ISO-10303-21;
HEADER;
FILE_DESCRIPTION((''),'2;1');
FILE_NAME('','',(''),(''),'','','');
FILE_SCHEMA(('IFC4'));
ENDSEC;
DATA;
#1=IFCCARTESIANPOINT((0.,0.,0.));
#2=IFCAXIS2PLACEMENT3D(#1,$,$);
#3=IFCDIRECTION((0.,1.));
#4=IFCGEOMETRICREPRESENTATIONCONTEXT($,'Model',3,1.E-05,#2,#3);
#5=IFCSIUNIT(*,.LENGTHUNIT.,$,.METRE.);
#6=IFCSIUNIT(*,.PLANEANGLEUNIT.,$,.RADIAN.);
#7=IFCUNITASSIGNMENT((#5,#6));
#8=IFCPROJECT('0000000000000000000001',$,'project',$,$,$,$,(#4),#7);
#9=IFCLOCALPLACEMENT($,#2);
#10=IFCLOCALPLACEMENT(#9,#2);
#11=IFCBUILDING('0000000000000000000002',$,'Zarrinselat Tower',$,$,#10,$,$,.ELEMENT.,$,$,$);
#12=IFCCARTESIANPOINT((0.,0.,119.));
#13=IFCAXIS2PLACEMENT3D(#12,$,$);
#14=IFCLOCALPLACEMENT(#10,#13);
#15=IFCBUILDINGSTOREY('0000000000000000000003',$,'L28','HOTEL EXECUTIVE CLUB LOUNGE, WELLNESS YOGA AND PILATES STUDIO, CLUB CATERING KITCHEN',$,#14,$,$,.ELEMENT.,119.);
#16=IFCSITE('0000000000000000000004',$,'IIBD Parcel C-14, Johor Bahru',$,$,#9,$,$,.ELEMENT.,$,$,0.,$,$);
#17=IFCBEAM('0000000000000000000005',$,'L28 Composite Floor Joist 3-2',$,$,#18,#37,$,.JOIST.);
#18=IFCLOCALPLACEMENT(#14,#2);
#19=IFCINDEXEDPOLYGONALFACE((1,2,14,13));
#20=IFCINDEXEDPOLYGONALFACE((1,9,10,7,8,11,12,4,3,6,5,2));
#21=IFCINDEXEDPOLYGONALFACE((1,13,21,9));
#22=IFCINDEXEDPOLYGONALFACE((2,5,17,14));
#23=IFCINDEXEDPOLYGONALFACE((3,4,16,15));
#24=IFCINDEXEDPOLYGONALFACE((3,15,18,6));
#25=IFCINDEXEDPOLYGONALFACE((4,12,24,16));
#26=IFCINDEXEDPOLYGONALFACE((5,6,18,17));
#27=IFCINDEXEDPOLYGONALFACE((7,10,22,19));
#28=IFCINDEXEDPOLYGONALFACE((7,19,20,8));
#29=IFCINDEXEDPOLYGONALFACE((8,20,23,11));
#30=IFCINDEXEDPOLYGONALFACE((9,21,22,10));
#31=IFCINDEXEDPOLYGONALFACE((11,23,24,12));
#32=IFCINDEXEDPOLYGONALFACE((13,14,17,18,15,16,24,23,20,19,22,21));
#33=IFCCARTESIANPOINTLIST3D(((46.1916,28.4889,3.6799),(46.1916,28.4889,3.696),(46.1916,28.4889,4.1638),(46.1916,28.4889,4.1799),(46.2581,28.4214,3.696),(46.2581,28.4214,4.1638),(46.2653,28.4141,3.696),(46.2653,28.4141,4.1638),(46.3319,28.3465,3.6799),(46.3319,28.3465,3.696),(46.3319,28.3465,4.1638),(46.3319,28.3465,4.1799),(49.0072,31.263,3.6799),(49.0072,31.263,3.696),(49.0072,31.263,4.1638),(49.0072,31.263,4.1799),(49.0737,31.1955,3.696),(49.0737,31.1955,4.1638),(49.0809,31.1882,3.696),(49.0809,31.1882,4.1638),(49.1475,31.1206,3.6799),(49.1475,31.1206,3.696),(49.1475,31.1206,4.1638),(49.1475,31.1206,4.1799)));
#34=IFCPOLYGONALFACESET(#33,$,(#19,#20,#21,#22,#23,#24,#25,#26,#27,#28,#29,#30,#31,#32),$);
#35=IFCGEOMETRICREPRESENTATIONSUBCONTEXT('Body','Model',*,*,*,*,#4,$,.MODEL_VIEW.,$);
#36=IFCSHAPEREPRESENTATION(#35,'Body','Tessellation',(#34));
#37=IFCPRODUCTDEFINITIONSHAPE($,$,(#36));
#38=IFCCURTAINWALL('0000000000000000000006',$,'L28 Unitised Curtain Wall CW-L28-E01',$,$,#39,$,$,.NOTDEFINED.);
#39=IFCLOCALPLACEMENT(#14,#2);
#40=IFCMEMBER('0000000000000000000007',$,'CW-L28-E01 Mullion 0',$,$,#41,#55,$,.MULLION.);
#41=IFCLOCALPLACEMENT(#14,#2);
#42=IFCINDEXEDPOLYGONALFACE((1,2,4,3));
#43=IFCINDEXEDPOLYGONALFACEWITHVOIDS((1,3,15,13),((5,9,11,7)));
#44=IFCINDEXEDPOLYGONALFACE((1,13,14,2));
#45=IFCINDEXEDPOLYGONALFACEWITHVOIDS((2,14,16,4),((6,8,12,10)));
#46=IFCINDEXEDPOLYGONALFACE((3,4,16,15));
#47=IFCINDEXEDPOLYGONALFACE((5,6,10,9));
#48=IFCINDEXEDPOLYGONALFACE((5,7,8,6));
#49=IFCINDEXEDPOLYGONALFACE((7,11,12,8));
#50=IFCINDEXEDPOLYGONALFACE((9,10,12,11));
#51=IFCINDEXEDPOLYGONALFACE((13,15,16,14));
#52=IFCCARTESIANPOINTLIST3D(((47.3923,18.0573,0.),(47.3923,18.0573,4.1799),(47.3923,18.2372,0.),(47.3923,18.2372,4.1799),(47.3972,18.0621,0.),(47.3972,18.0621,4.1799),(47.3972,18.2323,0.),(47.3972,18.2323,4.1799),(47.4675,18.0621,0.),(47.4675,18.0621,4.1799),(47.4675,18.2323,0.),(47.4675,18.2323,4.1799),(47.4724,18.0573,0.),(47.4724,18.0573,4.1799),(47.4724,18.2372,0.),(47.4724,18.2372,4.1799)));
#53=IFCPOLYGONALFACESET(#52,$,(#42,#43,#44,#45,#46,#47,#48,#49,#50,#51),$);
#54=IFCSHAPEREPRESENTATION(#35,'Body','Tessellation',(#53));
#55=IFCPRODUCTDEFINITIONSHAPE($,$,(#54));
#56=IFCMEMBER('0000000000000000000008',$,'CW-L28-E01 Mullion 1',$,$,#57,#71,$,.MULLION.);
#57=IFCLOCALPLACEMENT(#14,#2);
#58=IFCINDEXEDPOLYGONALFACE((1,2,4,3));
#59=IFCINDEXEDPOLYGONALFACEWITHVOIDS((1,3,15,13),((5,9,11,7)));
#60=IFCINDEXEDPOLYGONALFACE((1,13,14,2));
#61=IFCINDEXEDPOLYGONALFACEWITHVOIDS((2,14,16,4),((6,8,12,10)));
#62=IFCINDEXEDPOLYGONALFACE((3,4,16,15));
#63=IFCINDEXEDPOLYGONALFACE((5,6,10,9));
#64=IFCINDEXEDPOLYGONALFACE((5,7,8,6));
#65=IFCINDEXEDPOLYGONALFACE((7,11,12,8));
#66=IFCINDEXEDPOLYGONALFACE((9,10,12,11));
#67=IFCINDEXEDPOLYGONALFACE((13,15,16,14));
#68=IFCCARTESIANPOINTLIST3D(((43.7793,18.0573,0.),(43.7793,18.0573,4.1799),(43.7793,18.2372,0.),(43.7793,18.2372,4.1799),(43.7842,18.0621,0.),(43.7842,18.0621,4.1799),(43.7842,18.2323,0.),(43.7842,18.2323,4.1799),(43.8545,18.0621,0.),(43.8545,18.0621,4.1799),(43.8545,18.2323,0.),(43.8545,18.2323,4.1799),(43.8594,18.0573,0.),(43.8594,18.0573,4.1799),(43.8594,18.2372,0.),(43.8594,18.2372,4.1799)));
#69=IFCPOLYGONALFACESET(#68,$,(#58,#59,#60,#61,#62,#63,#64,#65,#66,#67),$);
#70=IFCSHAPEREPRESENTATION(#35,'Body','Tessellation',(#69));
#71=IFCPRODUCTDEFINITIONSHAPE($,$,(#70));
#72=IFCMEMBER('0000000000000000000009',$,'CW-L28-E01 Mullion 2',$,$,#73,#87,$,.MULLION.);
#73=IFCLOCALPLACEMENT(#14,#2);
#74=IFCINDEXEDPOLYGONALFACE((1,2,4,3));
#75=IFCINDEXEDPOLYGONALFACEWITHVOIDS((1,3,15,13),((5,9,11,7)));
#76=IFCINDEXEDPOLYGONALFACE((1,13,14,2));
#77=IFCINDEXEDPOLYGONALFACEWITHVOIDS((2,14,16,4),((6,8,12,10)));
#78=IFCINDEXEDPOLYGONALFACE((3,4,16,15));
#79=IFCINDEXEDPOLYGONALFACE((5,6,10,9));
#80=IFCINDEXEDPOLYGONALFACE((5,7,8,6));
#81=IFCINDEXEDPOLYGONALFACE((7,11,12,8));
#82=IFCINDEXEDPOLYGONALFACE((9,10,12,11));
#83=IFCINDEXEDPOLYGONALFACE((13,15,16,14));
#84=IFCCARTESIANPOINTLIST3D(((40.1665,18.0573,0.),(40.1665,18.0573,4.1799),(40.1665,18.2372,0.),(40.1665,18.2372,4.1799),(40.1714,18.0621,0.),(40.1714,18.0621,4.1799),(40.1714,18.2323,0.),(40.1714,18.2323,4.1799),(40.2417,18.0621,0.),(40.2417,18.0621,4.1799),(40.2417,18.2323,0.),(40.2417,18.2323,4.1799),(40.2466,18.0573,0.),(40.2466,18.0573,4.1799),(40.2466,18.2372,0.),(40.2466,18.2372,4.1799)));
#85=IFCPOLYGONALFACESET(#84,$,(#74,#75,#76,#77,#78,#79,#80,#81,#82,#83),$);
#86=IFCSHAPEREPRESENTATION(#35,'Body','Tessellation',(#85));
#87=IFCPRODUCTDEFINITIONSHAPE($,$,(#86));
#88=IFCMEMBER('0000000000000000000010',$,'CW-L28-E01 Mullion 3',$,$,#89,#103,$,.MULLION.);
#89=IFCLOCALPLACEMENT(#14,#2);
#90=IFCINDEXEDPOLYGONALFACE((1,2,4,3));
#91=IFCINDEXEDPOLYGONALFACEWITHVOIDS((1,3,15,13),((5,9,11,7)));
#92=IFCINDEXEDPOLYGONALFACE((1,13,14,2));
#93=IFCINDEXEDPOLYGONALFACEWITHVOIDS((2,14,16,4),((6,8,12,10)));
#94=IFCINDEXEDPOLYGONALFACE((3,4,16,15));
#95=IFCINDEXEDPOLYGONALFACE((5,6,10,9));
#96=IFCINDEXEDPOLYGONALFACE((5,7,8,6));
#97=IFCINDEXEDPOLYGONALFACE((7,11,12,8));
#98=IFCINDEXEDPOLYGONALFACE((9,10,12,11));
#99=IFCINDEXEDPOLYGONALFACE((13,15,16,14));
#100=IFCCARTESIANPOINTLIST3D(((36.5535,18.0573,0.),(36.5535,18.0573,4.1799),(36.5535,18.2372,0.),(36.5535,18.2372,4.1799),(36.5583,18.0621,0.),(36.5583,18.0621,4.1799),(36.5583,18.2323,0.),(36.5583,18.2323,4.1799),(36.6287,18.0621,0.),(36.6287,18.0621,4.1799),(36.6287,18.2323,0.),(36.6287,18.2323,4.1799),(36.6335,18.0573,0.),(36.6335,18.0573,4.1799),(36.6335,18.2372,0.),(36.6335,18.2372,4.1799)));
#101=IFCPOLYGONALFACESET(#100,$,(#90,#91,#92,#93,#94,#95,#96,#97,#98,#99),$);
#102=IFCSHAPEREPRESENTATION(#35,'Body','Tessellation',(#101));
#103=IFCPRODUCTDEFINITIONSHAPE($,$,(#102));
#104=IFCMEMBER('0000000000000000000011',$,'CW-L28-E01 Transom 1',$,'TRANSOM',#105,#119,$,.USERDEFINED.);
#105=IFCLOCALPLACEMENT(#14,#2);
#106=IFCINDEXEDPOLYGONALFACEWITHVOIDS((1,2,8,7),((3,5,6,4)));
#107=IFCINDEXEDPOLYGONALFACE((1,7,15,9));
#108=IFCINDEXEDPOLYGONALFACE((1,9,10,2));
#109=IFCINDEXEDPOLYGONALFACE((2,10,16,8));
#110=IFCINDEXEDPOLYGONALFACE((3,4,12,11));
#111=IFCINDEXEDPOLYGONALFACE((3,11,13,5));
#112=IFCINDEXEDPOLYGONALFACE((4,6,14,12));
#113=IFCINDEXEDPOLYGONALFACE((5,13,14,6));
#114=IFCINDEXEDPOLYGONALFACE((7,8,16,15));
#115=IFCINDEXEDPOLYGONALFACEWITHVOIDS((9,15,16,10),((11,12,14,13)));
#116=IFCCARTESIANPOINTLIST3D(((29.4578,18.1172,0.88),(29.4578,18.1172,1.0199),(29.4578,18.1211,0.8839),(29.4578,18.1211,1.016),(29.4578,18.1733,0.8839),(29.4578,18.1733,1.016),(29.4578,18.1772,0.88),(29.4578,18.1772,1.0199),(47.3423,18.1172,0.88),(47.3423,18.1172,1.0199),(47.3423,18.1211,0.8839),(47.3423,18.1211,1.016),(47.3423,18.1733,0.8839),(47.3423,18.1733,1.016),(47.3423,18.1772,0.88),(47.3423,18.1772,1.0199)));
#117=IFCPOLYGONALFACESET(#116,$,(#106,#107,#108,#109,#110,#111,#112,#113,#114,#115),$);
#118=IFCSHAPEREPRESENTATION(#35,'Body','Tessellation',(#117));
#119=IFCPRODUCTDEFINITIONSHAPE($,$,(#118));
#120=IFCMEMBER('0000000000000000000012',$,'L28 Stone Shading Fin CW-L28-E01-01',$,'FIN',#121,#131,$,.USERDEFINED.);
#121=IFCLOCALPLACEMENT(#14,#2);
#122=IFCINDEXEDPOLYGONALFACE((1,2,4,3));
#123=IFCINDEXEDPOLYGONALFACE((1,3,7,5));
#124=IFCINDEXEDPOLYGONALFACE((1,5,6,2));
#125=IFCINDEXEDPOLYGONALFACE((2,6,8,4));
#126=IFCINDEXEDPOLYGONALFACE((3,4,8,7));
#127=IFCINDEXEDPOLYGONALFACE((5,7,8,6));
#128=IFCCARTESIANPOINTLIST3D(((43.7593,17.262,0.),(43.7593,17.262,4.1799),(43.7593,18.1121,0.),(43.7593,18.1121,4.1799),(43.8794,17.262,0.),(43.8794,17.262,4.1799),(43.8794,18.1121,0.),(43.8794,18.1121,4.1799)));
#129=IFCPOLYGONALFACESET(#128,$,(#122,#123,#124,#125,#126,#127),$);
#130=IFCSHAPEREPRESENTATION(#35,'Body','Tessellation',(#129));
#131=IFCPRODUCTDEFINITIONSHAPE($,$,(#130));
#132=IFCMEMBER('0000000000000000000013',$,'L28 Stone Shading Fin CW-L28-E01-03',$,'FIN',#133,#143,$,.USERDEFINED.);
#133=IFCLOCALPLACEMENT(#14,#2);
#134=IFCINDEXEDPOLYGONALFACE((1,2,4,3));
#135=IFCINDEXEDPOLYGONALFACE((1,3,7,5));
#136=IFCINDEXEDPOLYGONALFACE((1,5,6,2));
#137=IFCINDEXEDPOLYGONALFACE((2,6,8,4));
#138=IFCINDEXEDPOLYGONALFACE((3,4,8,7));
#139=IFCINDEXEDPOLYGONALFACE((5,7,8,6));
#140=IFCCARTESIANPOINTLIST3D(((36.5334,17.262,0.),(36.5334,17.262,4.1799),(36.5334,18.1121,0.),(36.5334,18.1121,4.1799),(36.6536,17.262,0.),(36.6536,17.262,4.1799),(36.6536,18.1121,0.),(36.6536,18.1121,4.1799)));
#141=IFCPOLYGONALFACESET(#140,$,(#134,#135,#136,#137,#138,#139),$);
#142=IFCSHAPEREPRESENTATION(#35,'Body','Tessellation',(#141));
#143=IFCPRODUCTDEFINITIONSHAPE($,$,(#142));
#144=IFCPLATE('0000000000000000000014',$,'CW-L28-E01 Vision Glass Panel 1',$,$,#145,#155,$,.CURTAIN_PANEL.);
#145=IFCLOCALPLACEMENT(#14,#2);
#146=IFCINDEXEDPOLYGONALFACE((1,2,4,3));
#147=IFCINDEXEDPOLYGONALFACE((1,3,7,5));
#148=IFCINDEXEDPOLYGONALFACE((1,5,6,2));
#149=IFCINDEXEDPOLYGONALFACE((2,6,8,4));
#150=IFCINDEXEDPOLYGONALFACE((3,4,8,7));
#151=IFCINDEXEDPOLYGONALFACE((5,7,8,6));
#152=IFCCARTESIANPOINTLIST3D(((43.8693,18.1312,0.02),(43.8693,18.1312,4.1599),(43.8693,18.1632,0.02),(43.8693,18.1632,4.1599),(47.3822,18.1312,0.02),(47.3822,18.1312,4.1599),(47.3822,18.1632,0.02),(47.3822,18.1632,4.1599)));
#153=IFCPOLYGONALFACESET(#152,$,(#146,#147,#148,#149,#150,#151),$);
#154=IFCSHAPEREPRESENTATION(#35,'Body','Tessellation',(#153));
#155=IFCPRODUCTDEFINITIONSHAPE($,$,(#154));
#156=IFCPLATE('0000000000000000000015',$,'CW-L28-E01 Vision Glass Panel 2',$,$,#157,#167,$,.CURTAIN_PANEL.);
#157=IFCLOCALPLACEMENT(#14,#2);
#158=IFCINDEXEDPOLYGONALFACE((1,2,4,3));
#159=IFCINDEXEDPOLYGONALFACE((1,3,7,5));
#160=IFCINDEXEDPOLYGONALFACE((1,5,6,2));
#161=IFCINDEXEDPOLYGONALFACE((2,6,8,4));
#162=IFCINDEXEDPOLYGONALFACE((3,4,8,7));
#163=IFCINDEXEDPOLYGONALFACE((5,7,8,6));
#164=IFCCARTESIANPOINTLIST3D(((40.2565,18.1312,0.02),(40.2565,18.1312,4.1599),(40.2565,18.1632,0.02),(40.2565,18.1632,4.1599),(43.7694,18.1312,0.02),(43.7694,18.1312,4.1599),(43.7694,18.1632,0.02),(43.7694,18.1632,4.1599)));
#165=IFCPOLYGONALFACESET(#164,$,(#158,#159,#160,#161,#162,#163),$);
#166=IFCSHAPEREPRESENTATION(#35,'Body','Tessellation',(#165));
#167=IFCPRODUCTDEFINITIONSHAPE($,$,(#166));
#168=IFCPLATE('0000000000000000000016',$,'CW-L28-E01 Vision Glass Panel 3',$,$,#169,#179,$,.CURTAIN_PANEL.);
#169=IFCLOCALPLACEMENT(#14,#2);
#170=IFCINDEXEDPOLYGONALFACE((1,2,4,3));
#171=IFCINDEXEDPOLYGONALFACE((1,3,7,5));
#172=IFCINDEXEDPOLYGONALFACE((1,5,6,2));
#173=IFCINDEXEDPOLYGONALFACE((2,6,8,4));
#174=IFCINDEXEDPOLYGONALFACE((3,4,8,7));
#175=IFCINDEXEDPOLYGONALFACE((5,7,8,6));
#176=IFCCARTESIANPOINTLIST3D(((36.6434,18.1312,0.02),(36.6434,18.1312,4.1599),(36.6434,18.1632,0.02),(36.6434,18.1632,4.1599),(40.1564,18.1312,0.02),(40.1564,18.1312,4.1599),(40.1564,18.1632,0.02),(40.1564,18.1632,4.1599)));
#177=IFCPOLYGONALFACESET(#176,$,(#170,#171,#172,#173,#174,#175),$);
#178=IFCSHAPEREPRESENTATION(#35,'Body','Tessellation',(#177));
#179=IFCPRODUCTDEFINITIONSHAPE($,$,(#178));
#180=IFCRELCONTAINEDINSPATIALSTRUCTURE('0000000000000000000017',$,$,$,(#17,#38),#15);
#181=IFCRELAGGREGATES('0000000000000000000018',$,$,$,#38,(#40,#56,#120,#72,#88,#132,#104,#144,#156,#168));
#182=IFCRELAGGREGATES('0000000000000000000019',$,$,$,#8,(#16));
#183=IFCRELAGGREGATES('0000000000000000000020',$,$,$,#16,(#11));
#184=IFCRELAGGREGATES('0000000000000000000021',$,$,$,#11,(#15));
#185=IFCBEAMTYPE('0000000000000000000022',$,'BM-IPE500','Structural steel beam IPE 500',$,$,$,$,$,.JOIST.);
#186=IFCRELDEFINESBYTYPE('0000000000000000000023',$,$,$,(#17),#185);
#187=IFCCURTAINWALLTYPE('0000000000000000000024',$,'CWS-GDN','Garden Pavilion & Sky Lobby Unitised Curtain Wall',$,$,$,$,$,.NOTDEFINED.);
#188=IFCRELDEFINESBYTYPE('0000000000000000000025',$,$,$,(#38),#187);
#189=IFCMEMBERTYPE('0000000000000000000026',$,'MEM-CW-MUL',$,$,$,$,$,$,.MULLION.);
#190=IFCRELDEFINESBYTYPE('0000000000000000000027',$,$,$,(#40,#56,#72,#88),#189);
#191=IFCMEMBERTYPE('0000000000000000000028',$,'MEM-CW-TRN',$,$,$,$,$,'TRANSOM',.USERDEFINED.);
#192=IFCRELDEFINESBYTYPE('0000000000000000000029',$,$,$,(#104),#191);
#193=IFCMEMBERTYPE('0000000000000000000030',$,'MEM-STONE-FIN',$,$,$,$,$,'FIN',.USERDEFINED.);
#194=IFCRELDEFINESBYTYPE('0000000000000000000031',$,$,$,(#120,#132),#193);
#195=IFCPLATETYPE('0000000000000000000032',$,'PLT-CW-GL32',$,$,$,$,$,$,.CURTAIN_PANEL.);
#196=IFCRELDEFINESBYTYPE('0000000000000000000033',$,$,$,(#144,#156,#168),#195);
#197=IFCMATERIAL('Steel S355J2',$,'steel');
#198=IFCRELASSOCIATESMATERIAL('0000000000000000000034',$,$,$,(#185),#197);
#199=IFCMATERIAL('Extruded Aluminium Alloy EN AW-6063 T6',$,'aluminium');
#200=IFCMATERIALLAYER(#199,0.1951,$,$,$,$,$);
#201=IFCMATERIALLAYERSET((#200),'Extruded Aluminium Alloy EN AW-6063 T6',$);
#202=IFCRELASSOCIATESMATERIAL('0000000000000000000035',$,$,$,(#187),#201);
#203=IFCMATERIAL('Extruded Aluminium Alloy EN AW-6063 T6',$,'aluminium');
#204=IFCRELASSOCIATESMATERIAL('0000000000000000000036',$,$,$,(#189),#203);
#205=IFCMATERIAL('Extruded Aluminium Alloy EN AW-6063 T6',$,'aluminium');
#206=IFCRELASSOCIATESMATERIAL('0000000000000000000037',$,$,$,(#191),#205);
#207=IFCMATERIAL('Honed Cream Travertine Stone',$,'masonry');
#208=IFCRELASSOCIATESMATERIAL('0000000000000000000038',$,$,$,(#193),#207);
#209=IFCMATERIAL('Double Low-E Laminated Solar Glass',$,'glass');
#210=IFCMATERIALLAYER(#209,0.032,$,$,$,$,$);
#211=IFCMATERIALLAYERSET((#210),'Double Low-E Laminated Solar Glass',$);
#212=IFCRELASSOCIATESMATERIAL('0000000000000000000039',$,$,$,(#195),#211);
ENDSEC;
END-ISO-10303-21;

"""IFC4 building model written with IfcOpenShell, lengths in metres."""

from ifc_helpers import new_model, si_unit, direction, frame, origin, origin_2d, place, context, subcontext, project, spatial, rectangle, hollow_rectangle, i_section, extrude, material, layer, layer_set, material_profile, profile_set, type_object, element, aggregate, save


model = new_model("IFC4")

# Units and contexts
model_context = context("Model", 3, precision=1e-05, world=origin(), true_north=direction((0.0, 1.0)))
body_context = subcontext(model_context, "Body", "Model", "MODEL_VIEW")
ifc_project = project(units=[si_unit("LENGTHUNIT", "METRE"), si_unit("PLANEANGLEUNIT", "RADIAN")], contexts=[model_context])

# Site, building, storey
site_placement = place(None, origin())
site = spatial("IfcSite", under=ifc_project, at=site_placement, Name="IIBD Parcel C-14, Johor Bahru", CompositionType="ELEMENT", RefElevation=0.0)
building_placement = place(site_placement, origin())
building = spatial("IfcBuilding", under=site, at=building_placement, Name="Zarrinselat Tower", CompositionType="ELEMENT")
storey_placement = place(building_placement, frame((0.0, 0.0, 119.0)))
storey = spatial("IfcBuildingStorey", under=building, at=storey_placement, Name="L28", Description="HOTEL EXECUTIVE CLUB LOUNGE, WELLNESS YOGA AND PILATES STUDIO, CLUB CATERING KITCHEN", CompositionType="ELEMENT", Elevation=119.0)

# Beam
ifc_material_1 = material(Name="Steel S355J2", Category="steel")
ifc_material_profile_1 = material_profile(ifc_material_1, i_section(OverallWidth=0.2, OverallDepth=0.5, WebThickness=0.0103, FlangeThickness=0.0161, at=origin_2d()), Name="IPE 500")
ifc_profile_set_1 = profile_set([ifc_material_profile_1], Name="Steel S355J2")
beam_type_1 = type_object("IfcBeamType", Name="BM-IPE500", Description="Structural steel beam IPE 500", PredefinedType="JOIST", material=ifc_profile_set_1)
beam_1_placement = place(storey_placement, frame((46.2617, 28.4177, 3.9299), z_axis=(0.712337, 0.701837, 0.0), x_axis=(-0.701837, 0.712337, 0.0)))
element("IfcBeam", 1, at=beam_1_placement, inside=storey, type_object=beam_type_1, Name="L28 Composite Floor Joist 3-2", PredefinedType="JOIST", context=body_context, shape_type="SweptSolid", body=[
    extrude(i_section(OverallWidth=0.2, OverallDepth=0.5, WebThickness=0.0103, FlangeThickness=0.0161, at=origin_2d()), origin(), (0.0, 0.0, 1.0), 3.9526),
])

# Curtain wall, members, plates
ifc_material_2 = material(Name="Extruded Aluminium Alloy EN AW-6063 T6", Category="aluminium")
ifc_layer_1 = layer(ifc_material_2, 0.1951)
ifc_layer_set_1 = layer_set([ifc_layer_1], Name="Extruded Aluminium Alloy EN AW-6063 T6")
curtain_wall_type = type_object("IfcCurtainWallType", Name="CWS-GDN", Description="Garden Pavilion & Sky Lobby Unitised Curtain Wall", PredefinedType="NOTDEFINED", material=ifc_layer_set_1)
curtain_wall_placement = place(storey_placement, origin())
curtain_wall = element("IfcCurtainWall", 2, at=curtain_wall_placement, inside=storey, type_object=curtain_wall_type, Name="L28 Unitised Curtain Wall CW-L28-E01", PredefinedType="NOTDEFINED")
ifc_material_3 = material(Name="Extruded Aluminium Alloy EN AW-6063 T6", Category="aluminium")
ifc_material_profile_2 = material_profile(ifc_material_3, hollow_rectangle(XDim=0.0801, YDim=0.1799, WallThickness=0.0049, at=origin_2d()), Name="RHS 180x80x5")
ifc_profile_set_2 = profile_set([ifc_material_profile_2], Name="Extruded Aluminium Alloy EN AW-6063 T6")
member_type_1 = type_object("IfcMemberType", Name="MEM-CW-MUL", PredefinedType="MULLION", material=ifc_profile_set_2)
member_1_placement = place(storey_placement, frame((47.4324, 18.1472, 0.0), z_axis=(0.0, 0.0, 1.0), x_axis=(-1.0, 0.0, 0.0)))
member_1 = element("IfcMember", 3, at=member_1_placement, type_object=member_type_1, Name="CW-L28-E01 Mullion 0", PredefinedType="MULLION", context=body_context, shape_type="SweptSolid", body=[
    extrude(hollow_rectangle(XDim=0.0801, YDim=0.1799, WallThickness=0.0049, at=origin_2d()), origin(), (0.0, 0.0, 1.0), 4.1799),
])
member_2_placement = place(storey_placement, frame((43.8193, 18.1472, 0.0), z_axis=(0.0, 0.0, 1.0), x_axis=(-1.0, 0.0, 0.0)))
member_2 = element("IfcMember", 4, at=member_2_placement, type_object=member_type_1, Name="CW-L28-E01 Mullion 1", PredefinedType="MULLION", context=body_context, shape_type="SweptSolid", body=[
    extrude(hollow_rectangle(XDim=0.0801, YDim=0.1799, WallThickness=0.0049, at=origin_2d()), origin(), (0.0, 0.0, 1.0), 4.1799),
])
member_3_placement = place(storey_placement, frame((40.2065, 18.1472, 0.0), z_axis=(0.0, 0.0, 1.0), x_axis=(-1.0, 0.0, 0.0)))
member_3 = element("IfcMember", 5, at=member_3_placement, type_object=member_type_1, Name="CW-L28-E01 Mullion 2", PredefinedType="MULLION", context=body_context, shape_type="SweptSolid", body=[
    extrude(hollow_rectangle(XDim=0.0801, YDim=0.1799, WallThickness=0.0049, at=origin_2d()), origin(), (0.0, 0.0, 1.0), 4.1799),
])
member_4_placement = place(storey_placement, frame((36.5935, 18.1472, 0.0), z_axis=(0.0, 0.0, 1.0), x_axis=(-1.0, 0.0, 0.0)))
member_4 = element("IfcMember", 6, at=member_4_placement, type_object=member_type_1, Name="CW-L28-E01 Mullion 3", PredefinedType="MULLION", context=body_context, shape_type="SweptSolid", body=[
    extrude(hollow_rectangle(XDim=0.0801, YDim=0.1799, WallThickness=0.0049, at=origin_2d()), origin(), (0.0, 0.0, 1.0), 4.1799),
])
ifc_material_4 = material(Name="Extruded Aluminium Alloy EN AW-6063 T6", Category="aluminium")
ifc_material_profile_3 = material_profile(ifc_material_4, hollow_rectangle(XDim=0.0601, YDim=0.1399, WallThickness=0.0039, at=origin_2d()), Name="RHS 140x60x4")
ifc_profile_set_3 = profile_set([ifc_material_profile_3], Name="Extruded Aluminium Alloy EN AW-6063 T6")
member_type_2 = type_object("IfcMemberType", Name="MEM-CW-TRN", ElementType="TRANSOM", PredefinedType="USERDEFINED", material=ifc_profile_set_3)
member_5_placement = place(storey_placement, frame((47.3423, 18.1472, 0.95), z_axis=(-1.0, 0.0, 0.0), x_axis=(0.0, -1.0, 0.0)))
member_5 = element("IfcMember", 7, at=member_5_placement, type_object=member_type_2, Name="CW-L28-E01 Transom 1", ObjectType="TRANSOM", PredefinedType="USERDEFINED", context=body_context, shape_type="SweptSolid", body=[
    extrude(hollow_rectangle(XDim=0.0601, YDim=0.1399, WallThickness=0.0039, at=origin_2d()), origin(), (0.0, 0.0, 1.0), 17.8845),
])
ifc_material_5 = material(Name="Honed Cream Travertine Stone", Category="masonry")
ifc_material_profile_4 = material_profile(ifc_material_5, rectangle(XDim=0.1201, YDim=0.8501, at=origin_2d()), Name="FIN 850x120")
ifc_profile_set_4 = profile_set([ifc_material_profile_4], Name="Honed Cream Travertine Stone")
member_type_3 = type_object("IfcMemberType", Name="MEM-STONE-FIN", ElementType="FIN", PredefinedType="USERDEFINED", material=ifc_profile_set_4)
member_6_placement = place(storey_placement, frame((43.8193, 17.687, 0.0), z_axis=(0.0, 0.0, 1.0), x_axis=(-1.0, 0.0, 0.0)))
member_6 = element("IfcMember", 8, at=member_6_placement, type_object=member_type_3, Name="L28 Stone Shading Fin CW-L28-E01-01", ObjectType="FIN", PredefinedType="USERDEFINED", context=body_context, shape_type="SweptSolid", body=[
    extrude(rectangle(XDim=0.1201, YDim=0.8501, at=origin_2d()), origin(), (0.0, 0.0, 1.0), 4.1799),
])
member_7_placement = place(storey_placement, frame((36.5935, 17.687, 0.0), z_axis=(0.0, 0.0, 1.0), x_axis=(-1.0, 0.0, 0.0)))
member_7 = element("IfcMember", 9, at=member_7_placement, type_object=member_type_3, Name="L28 Stone Shading Fin CW-L28-E01-03", ObjectType="FIN", PredefinedType="USERDEFINED", context=body_context, shape_type="SweptSolid", body=[
    extrude(rectangle(XDim=0.1201, YDim=0.8501, at=origin_2d()), origin(), (0.0, 0.0, 1.0), 4.1799),
])
ifc_material_6 = material(Name="Double Low-E Laminated Solar Glass", Category="glass")
ifc_layer_2 = layer(ifc_material_6, 0.032)
ifc_layer_set_2 = layer_set([ifc_layer_2], Name="Double Low-E Laminated Solar Glass")
plate_type = type_object("IfcPlateType", Name="PLT-CW-GL32", PredefinedType="CURTAIN_PANEL", material=ifc_layer_set_2)
plate_1_placement = place(storey_placement, frame((45.6257, 18.1472, 0.02), z_axis=(0.0, 0.0, 1.0), x_axis=(-1.0, 0.0, 0.0)))
plate_1 = element("IfcPlate", 10, at=plate_1_placement, type_object=plate_type, Name="CW-L28-E01 Vision Glass Panel 1", PredefinedType="CURTAIN_PANEL", context=body_context, shape_type="SweptSolid", body=[
    extrude(rectangle(XDim=3.5129, YDim=0.032, at=origin_2d()), origin(), (0.0, 0.0, 1.0), 4.1399),
])
plate_2_placement = place(storey_placement, frame((42.0129, 18.1472, 0.02), z_axis=(0.0, 0.0, 1.0), x_axis=(-1.0, 0.0, 0.0)))
plate_2 = element("IfcPlate", 11, at=plate_2_placement, type_object=plate_type, Name="CW-L28-E01 Vision Glass Panel 2", PredefinedType="CURTAIN_PANEL", context=body_context, shape_type="SweptSolid", body=[
    extrude(rectangle(XDim=3.5129, YDim=0.032, at=origin_2d()), origin(), (0.0, 0.0, 1.0), 4.1399),
])
plate_3_placement = place(storey_placement, frame((38.3999, 18.1472, 0.02), z_axis=(0.0, 0.0, 1.0), x_axis=(-1.0, 0.0, 0.0)))
plate_3 = element("IfcPlate", 12, at=plate_3_placement, type_object=plate_type, Name="CW-L28-E01 Vision Glass Panel 3", PredefinedType="CURTAIN_PANEL", context=body_context, shape_type="SweptSolid", body=[
    extrude(rectangle(XDim=3.5129, YDim=0.032, at=origin_2d()), origin(), (0.0, 0.0, 1.0), 4.1399),
])
aggregate(curtain_wall, [member_1, member_2, member_6, member_3, member_4, member_7, member_5, plate_1, plate_2, plate_3])

save(model, "model.ifc")
